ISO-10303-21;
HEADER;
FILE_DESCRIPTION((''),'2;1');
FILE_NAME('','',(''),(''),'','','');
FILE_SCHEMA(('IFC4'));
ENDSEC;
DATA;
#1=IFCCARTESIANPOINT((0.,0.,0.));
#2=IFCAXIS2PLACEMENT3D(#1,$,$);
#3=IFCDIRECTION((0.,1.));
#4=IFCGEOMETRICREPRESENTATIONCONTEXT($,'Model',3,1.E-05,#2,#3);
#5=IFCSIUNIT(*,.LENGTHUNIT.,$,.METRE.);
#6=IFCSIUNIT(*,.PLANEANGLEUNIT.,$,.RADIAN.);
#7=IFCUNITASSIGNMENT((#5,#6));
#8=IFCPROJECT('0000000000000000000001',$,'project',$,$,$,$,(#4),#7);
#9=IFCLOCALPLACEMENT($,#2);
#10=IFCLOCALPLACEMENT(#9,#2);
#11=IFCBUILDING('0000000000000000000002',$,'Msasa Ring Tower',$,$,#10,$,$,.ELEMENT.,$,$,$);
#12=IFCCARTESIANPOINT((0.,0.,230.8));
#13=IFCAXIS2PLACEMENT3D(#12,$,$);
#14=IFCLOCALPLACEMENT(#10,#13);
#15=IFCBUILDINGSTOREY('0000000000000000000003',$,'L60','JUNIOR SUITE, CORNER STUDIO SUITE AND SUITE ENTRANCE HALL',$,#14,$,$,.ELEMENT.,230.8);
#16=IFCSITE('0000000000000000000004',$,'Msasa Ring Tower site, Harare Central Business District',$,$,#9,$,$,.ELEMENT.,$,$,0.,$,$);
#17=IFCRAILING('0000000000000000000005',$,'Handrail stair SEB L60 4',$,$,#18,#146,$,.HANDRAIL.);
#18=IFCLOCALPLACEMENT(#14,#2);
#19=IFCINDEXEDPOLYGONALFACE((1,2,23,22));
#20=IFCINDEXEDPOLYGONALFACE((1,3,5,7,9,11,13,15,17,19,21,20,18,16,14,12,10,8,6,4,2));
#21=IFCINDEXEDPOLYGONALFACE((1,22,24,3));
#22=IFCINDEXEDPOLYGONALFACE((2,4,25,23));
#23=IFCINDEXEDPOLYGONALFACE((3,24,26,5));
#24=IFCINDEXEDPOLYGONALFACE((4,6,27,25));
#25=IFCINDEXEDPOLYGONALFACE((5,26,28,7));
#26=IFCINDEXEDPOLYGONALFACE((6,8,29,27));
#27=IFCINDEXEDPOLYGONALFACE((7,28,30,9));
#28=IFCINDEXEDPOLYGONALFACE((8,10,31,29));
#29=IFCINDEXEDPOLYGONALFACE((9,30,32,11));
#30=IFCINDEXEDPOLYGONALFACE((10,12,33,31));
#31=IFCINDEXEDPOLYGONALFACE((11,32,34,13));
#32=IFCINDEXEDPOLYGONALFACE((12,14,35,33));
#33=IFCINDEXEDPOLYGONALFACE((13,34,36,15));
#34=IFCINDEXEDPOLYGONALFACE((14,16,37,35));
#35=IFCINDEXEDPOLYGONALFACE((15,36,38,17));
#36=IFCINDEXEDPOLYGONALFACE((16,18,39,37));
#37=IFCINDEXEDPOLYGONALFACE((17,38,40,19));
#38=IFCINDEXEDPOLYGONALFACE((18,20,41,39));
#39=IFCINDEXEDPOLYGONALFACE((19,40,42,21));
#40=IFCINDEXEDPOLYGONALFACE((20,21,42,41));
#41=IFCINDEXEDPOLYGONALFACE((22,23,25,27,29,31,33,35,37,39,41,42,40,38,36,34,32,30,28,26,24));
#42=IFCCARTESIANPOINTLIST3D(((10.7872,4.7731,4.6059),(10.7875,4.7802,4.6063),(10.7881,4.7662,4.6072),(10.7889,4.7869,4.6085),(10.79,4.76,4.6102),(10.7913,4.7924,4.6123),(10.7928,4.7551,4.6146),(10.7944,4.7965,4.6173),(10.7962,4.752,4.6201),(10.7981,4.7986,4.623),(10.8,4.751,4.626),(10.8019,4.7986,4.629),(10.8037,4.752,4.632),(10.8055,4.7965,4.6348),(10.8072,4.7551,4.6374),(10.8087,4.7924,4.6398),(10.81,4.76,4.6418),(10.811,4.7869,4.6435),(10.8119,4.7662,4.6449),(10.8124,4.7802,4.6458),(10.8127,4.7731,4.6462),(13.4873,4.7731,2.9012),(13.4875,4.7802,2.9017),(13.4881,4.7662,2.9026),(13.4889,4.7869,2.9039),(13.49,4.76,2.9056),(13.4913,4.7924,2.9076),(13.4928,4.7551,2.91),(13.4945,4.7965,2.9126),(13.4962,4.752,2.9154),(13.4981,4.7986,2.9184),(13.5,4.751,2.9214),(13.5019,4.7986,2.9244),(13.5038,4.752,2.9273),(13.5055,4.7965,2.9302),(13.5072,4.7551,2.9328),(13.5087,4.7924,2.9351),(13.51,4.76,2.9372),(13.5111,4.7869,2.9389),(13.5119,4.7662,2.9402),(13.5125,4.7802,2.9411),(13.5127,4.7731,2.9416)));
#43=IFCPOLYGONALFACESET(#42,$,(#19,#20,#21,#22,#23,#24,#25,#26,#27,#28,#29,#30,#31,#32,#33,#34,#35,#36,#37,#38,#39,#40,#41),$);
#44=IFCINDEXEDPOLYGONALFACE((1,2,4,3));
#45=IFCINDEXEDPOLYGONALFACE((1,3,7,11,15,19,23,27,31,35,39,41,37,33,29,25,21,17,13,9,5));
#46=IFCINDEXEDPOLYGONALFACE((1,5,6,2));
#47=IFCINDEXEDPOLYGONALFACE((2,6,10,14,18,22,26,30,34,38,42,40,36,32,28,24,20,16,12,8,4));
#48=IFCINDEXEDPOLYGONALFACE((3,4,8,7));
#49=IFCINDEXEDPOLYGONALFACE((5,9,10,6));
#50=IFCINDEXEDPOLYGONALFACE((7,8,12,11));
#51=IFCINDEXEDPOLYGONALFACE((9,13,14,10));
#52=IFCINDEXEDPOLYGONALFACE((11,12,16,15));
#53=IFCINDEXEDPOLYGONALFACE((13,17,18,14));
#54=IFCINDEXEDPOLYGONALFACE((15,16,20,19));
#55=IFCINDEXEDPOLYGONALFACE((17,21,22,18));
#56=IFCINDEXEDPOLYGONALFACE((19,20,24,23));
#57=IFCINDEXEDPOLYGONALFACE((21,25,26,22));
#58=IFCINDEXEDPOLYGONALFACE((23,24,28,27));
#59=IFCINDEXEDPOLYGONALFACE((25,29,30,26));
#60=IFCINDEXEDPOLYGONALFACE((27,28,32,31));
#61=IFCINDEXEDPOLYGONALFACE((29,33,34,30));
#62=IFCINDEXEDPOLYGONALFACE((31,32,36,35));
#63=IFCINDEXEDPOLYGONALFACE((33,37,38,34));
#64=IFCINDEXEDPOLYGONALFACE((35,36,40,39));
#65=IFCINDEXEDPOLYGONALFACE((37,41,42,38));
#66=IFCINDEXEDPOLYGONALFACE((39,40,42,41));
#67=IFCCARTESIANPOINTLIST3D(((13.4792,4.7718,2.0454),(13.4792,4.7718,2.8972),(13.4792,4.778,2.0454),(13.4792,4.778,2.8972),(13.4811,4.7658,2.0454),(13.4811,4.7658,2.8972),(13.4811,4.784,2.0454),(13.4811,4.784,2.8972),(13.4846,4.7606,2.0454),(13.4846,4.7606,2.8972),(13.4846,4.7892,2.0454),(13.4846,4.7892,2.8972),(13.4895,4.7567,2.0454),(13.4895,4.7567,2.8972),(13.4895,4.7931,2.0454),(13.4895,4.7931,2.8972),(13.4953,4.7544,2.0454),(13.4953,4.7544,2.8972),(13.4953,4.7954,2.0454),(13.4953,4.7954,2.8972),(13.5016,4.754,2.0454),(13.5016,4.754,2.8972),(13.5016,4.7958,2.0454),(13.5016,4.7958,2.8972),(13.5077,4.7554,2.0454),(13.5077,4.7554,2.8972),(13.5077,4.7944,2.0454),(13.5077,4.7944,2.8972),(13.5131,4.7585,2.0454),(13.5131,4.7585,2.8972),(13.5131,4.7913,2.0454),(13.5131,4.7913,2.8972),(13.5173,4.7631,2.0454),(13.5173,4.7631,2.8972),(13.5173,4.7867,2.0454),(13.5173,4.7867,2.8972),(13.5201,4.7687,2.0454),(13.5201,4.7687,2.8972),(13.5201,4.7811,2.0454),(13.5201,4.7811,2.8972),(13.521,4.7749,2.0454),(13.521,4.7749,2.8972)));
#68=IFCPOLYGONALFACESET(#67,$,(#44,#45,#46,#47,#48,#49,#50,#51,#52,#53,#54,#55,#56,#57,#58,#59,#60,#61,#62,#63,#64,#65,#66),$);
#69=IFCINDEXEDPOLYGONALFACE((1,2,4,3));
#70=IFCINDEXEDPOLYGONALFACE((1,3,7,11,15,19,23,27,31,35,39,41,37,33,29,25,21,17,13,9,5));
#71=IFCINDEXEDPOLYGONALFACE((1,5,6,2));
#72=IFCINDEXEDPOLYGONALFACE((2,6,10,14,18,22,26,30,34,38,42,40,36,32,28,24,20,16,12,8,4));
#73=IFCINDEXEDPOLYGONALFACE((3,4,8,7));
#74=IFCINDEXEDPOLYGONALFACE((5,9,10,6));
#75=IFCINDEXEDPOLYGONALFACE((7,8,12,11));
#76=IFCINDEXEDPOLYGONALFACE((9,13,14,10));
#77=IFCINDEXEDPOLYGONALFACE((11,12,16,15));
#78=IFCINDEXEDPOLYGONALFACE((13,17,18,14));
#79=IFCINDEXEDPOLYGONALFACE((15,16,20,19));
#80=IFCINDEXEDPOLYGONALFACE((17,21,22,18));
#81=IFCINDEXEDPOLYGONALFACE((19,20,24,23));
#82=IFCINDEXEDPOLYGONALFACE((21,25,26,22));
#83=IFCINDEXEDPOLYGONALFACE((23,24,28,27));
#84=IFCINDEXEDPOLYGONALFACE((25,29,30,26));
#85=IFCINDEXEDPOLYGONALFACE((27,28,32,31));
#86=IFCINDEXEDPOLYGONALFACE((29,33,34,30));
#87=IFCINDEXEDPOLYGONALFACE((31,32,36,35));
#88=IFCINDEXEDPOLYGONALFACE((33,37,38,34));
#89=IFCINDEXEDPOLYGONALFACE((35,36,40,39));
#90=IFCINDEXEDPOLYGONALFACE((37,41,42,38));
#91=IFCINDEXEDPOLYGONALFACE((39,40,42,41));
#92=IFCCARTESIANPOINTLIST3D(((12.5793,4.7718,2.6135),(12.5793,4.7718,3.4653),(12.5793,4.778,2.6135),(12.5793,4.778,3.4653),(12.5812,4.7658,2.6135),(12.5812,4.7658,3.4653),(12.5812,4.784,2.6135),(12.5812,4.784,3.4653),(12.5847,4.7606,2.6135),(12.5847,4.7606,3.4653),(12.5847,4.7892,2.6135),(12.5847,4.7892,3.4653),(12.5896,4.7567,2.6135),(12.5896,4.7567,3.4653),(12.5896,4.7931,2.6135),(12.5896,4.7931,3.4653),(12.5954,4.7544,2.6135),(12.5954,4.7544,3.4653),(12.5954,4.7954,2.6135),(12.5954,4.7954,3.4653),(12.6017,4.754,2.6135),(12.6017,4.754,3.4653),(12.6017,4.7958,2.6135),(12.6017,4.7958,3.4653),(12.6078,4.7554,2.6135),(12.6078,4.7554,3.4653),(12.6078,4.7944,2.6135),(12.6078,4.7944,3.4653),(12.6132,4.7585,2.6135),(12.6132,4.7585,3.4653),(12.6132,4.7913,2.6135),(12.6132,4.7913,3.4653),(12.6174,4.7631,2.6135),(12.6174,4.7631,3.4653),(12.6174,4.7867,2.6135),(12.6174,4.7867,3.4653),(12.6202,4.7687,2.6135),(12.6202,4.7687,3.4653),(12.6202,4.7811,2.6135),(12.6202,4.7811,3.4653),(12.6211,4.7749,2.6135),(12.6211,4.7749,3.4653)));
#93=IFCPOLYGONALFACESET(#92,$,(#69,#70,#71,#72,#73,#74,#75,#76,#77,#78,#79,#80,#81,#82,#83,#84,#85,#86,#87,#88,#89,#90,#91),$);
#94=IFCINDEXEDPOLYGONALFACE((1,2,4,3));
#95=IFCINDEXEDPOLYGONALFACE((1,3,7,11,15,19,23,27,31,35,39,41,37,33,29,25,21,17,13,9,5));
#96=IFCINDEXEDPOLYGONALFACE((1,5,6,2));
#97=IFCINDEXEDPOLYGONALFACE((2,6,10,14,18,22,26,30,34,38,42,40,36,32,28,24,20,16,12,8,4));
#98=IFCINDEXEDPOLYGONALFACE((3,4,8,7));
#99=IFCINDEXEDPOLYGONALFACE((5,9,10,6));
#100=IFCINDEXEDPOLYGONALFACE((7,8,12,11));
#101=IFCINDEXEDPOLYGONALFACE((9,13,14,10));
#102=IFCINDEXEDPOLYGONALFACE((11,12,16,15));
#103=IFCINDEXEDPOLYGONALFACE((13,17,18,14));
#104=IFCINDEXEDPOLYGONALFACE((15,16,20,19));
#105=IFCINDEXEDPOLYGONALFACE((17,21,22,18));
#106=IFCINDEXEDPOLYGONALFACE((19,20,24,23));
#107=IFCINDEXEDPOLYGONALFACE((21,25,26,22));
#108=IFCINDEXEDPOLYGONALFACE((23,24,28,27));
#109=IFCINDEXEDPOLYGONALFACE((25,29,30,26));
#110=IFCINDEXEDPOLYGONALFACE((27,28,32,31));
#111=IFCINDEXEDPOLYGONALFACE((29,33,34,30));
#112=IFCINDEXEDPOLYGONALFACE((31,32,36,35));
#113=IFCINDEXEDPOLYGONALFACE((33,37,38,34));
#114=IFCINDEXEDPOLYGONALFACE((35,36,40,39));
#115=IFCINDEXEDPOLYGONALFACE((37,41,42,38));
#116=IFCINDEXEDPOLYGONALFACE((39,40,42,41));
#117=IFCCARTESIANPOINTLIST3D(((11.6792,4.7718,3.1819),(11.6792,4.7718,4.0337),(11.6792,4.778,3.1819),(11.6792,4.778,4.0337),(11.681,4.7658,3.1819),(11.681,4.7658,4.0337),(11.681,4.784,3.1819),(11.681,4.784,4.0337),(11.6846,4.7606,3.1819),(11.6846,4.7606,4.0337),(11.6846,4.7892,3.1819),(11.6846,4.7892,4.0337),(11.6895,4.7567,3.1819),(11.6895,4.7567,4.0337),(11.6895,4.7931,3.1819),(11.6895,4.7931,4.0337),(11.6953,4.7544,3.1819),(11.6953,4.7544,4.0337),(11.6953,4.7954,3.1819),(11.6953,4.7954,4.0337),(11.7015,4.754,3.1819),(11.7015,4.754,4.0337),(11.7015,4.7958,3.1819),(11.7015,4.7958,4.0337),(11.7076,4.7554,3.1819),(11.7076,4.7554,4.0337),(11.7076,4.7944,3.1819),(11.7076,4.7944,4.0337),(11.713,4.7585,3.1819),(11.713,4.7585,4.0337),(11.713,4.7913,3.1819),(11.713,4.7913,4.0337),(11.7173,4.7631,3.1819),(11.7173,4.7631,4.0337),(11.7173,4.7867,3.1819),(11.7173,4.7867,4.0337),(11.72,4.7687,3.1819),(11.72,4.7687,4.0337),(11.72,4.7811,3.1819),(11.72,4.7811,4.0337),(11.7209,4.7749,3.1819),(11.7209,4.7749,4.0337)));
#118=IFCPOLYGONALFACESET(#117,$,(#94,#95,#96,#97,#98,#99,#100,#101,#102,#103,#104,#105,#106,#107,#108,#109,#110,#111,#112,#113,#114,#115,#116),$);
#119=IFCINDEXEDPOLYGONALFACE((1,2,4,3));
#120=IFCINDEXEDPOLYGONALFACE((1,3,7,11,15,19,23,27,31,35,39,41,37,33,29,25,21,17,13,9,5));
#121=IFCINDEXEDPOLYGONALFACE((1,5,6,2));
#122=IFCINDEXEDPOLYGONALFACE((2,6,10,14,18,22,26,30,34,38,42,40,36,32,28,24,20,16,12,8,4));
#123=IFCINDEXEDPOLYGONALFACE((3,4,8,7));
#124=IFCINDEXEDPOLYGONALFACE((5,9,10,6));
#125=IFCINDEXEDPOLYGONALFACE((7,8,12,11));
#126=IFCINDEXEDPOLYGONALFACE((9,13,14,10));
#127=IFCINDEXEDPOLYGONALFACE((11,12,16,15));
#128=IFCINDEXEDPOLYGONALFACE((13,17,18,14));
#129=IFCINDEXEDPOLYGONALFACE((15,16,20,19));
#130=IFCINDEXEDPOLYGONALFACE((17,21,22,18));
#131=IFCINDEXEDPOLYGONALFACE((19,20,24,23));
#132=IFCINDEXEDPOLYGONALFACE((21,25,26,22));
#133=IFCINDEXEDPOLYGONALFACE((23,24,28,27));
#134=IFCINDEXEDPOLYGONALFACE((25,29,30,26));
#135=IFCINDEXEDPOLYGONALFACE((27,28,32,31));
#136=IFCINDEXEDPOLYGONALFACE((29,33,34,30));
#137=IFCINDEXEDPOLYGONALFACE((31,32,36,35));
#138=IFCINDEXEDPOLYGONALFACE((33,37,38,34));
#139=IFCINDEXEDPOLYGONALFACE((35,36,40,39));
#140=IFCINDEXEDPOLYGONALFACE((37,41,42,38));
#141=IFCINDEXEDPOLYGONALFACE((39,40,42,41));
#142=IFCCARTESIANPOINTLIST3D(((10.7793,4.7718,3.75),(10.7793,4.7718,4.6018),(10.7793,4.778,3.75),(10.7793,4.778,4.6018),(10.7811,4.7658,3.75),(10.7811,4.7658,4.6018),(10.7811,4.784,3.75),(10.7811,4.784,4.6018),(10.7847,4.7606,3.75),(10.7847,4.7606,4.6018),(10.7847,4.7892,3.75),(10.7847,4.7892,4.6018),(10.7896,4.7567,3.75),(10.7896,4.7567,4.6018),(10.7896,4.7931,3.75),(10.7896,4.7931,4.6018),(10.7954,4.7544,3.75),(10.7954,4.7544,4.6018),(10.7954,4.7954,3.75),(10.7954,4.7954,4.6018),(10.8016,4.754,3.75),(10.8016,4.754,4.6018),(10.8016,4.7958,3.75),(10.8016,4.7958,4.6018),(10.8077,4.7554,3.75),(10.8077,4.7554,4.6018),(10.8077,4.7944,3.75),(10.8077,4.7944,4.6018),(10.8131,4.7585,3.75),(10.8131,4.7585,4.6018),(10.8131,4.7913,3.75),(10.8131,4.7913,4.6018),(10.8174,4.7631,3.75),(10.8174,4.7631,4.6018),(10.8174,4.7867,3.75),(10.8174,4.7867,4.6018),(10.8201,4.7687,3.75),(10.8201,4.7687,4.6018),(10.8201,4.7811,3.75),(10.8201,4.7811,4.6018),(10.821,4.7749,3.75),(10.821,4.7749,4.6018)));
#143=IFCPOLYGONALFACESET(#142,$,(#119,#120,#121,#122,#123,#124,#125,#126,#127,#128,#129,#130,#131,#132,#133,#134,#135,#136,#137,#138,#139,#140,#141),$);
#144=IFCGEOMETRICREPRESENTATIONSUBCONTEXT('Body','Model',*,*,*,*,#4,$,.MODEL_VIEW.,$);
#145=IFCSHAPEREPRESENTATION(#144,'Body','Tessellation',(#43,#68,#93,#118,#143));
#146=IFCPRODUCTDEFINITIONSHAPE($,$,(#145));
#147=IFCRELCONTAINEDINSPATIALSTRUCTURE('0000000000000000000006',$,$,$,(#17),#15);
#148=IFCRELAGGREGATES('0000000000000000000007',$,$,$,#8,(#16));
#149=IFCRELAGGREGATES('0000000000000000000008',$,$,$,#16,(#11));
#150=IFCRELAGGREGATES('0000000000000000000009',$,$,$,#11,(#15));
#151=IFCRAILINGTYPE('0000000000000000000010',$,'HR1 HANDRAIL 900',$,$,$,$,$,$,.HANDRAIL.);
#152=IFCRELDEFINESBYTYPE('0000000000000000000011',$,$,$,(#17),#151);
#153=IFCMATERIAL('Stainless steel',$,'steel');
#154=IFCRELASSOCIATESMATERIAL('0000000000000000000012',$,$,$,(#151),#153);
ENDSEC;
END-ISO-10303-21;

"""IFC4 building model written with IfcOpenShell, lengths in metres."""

from ifc_helpers import new_model, si_unit, direction, frame, origin, origin_2d, place, context, subcontext, project, spatial, circle, extrude, material, type_object, element, save


model = new_model("IFC4")

# Units and contexts
model_context = context("Model", 3, precision=1e-05, world=origin(), true_north=direction((0.0, 1.0)))
body_context = subcontext(model_context, "Body", "Model", "MODEL_VIEW")
ifc_project = project(units=[si_unit("LENGTHUNIT", "METRE"), si_unit("PLANEANGLEUNIT", "RADIAN")], contexts=[model_context])

# Site, building, storey
site_placement = place(None, origin())
site = spatial("IfcSite", under=ifc_project, at=site_placement, Name="Msasa Ring Tower site, Harare Central Business District", CompositionType="ELEMENT", RefElevation=0.0)
building_placement = place(site_placement, origin())
building = spatial("IfcBuilding", under=site, at=building_placement, Name="Msasa Ring Tower", CompositionType="ELEMENT")
storey_placement = place(building_placement, frame((0.0, 0.0, 230.8)))
storey = spatial("IfcBuildingStorey", under=building, at=storey_placement, Name="L60", Description="JUNIOR SUITE, CORNER STUDIO SUITE AND SUITE ENTRANCE HALL", CompositionType="ELEMENT", Elevation=230.8)

# Railing
ifc_material_1 = material(Name="Stainless steel", Category="steel")
railing_type = type_object("IfcRailingType", Name="HR1 HANDRAIL 900", PredefinedType="HANDRAIL", material=ifc_material_1)
for number, where, name in (
    (1, (13.5, 4.7749, 2.0454), "Handrail stair SEB L60 4"),
):
    element("IfcRailing", number, at=place(storey_placement, frame(where)), inside=storey, type_object=railing_type, Name=name, PredefinedType="HANDRAIL", context=body_context, shape_type="SweptSolid", body=[
        extrude(circle(Radius=0.0239, at=origin_2d()), frame((0.0, 0.0, 0.876), z_axis=(-0.84558, 0.0, 0.533849), x_axis=(0.0, -1.0, 0.0)), (0.0, 0.0, 1.0), 3.1931),
        extrude(circle(Radius=0.021, at=origin_2d()), origin(), (0.0, 0.0, 1.0), 0.8518),
        extrude(circle(Radius=0.021, at=origin_2d()), frame((-0.8999, 0.0, 0.5681)), (0.0, 0.0, 1.0), 0.8518),
        extrude(circle(Radius=0.021, at=origin_2d()), frame((-1.8, 0.0, 1.1365)), (0.0, 0.0, 1.0), 0.8518),
        extrude(circle(Radius=0.021, at=origin_2d()), frame((-2.7, 0.0, 1.7046)), (0.0, 0.0, 1.0), 0.8518),
    ])

save(model, "model.ifc")
